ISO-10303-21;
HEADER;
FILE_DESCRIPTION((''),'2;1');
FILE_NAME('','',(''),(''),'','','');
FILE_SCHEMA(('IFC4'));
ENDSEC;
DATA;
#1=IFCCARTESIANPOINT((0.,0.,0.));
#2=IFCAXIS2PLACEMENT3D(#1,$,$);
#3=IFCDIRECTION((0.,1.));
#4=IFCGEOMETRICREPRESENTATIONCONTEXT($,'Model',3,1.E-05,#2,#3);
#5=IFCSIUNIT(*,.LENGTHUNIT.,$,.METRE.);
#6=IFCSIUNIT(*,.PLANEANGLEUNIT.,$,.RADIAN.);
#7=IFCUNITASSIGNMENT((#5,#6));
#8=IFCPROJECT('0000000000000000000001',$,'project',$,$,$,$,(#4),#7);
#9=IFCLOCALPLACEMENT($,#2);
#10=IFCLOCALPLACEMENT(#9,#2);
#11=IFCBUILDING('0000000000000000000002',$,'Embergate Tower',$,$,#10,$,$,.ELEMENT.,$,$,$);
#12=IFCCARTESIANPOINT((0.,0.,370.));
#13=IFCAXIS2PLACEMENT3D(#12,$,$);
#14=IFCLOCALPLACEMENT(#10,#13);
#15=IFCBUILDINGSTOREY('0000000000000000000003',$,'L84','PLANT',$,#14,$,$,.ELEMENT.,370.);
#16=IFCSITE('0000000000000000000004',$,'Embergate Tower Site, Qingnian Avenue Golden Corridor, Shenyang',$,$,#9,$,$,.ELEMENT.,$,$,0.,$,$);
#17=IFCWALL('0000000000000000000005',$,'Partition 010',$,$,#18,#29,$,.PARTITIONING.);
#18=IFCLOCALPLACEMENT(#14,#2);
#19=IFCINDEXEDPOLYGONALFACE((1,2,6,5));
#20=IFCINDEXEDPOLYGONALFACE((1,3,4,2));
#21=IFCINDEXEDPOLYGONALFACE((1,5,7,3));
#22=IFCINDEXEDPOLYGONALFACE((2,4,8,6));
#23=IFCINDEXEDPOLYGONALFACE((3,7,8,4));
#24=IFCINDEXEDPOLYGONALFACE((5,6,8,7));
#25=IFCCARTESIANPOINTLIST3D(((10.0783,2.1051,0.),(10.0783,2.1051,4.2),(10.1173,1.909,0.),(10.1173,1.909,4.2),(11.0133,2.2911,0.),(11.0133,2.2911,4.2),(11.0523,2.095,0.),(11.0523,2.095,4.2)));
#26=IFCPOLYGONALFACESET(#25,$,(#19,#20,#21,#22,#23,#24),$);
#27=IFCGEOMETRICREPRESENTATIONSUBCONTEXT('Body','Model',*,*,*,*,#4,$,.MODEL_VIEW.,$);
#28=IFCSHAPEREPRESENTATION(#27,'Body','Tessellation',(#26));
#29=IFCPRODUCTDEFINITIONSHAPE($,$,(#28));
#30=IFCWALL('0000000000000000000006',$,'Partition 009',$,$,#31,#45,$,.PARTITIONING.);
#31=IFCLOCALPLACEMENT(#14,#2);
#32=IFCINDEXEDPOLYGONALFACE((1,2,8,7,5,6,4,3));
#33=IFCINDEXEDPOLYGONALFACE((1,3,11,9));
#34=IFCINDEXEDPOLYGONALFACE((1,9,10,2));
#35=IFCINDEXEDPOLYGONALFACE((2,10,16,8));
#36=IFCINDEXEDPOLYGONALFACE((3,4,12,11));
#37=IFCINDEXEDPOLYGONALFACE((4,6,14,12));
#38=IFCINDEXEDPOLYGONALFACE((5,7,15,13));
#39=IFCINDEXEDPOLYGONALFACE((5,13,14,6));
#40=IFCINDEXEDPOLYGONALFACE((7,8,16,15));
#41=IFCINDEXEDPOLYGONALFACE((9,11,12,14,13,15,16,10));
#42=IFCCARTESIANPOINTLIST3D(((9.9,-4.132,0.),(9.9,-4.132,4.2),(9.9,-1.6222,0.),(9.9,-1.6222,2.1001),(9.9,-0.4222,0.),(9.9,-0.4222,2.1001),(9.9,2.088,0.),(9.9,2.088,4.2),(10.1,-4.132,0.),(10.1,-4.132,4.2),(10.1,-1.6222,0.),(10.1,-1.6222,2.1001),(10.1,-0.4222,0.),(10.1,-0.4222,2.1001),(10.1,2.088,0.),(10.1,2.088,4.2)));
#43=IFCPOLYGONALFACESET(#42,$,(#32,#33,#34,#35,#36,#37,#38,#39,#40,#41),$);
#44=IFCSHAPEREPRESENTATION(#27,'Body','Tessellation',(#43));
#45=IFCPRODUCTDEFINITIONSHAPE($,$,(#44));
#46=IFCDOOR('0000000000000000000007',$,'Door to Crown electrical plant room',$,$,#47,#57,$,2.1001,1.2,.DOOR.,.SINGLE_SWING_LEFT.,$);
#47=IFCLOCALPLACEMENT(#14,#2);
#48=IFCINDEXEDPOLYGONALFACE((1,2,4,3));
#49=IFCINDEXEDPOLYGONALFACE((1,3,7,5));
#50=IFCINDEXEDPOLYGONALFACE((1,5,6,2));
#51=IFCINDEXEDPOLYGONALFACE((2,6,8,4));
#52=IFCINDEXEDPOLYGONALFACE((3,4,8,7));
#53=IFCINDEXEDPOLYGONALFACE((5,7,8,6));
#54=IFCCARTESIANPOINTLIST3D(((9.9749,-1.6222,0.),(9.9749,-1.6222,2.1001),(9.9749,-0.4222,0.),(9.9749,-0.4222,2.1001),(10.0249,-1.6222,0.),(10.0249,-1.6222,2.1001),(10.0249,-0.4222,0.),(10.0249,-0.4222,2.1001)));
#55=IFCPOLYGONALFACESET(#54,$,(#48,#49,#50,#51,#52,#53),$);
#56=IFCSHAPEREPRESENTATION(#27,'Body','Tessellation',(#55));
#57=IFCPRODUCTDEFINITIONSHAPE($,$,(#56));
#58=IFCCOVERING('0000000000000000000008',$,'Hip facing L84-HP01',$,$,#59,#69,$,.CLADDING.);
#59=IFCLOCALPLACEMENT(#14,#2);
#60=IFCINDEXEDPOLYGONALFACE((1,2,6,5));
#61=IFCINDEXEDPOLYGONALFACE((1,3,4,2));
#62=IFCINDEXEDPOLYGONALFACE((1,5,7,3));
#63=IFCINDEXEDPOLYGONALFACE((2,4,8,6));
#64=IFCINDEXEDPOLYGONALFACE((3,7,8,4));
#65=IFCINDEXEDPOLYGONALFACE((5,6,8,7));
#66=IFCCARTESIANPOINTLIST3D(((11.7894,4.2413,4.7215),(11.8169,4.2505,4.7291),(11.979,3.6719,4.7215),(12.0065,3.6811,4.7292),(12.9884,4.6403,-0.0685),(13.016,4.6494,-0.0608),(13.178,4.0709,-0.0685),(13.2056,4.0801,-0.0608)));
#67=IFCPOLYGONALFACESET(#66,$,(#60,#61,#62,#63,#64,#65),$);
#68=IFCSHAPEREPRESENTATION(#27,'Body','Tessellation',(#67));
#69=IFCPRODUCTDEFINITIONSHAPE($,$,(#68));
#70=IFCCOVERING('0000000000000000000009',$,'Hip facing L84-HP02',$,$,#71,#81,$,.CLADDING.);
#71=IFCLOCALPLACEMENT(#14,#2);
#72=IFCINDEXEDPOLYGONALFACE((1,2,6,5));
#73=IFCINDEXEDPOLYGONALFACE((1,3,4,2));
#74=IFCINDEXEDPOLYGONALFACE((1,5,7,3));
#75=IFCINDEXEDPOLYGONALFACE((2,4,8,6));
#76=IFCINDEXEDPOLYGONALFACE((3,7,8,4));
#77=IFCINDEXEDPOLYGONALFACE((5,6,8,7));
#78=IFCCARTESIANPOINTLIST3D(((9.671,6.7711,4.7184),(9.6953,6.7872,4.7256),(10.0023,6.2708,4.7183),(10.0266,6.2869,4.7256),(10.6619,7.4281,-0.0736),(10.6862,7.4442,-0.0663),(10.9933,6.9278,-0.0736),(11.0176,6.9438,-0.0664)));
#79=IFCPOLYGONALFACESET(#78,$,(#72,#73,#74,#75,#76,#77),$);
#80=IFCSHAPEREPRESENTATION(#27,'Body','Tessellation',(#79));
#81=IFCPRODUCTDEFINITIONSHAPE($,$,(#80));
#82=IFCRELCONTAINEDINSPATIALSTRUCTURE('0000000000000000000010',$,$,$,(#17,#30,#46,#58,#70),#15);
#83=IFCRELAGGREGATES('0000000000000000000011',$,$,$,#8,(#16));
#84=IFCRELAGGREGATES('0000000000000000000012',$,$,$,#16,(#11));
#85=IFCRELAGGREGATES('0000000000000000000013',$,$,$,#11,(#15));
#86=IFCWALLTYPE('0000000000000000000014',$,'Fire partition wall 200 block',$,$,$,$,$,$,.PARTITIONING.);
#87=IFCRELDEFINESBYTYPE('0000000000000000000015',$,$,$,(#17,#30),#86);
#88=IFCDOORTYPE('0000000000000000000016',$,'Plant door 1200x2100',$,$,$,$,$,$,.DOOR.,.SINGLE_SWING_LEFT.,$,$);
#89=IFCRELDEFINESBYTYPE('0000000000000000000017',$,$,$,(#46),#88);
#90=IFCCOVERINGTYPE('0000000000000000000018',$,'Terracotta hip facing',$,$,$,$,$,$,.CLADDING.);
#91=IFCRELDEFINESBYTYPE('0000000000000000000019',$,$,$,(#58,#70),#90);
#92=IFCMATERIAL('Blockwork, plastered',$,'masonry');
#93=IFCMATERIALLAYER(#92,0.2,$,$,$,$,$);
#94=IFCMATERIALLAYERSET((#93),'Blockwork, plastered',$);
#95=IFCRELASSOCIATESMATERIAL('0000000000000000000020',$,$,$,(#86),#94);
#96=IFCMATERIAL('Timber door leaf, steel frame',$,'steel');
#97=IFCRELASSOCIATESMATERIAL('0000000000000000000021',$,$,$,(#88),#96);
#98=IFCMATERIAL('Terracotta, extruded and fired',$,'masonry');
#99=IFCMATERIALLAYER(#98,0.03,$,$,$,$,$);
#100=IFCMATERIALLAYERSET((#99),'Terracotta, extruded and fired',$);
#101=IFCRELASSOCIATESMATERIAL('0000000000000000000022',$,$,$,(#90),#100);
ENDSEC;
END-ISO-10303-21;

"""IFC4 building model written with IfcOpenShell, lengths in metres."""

from ifc_helpers import new_model, si_unit, direction, frame, frame_2d, origin, place, context, subcontext, project, spatial, polyline, rectangle, outline, extrude, source, transform, mapped, material, layer, layer_set, type_object, element, fill, save


model = new_model("IFC4")

# Units and contexts
model_context = context("Model", 3, precision=1e-05, world=origin(), true_north=direction((0.0, 1.0)))
body_context = subcontext(model_context, "Body", "Model", "MODEL_VIEW")
ifc_project = project(units=[si_unit("LENGTHUNIT", "METRE"), si_unit("PLANEANGLEUNIT", "RADIAN")], contexts=[model_context])

# Site, building, storey
site_placement = place(None, origin())
site = spatial("IfcSite", under=ifc_project, at=site_placement, Name="Embergate Tower Site, Qingnian Avenue Golden Corridor, Shenyang", CompositionType="ELEMENT", RefElevation=0.0)
building_placement = place(site_placement, origin())
building = spatial("IfcBuilding", under=site, at=building_placement, Name="Embergate Tower", CompositionType="ELEMENT")
storey_placement = place(building_placement, frame((0.0, 0.0, 370.0)))
storey = spatial("IfcBuildingStorey", under=building, at=storey_placement, Name="L84", Description="PLANT", CompositionType="ELEMENT", Elevation=370.0)

# Wall
ifc_material_1 = material(Name="Blockwork, plastered", Category="masonry")
ifc_layer_1 = layer(ifc_material_1, 0.2)
ifc_layer_set_1 = layer_set([ifc_layer_1], Name="Blockwork, plastered")
wall_type_1 = type_object("IfcWallType", Name="Fire partition wall 200 block", PredefinedType="PARTITIONING", material=ifc_layer_set_1)
shared_shape_1 = source(origin(), body_context, "Body", "SweptSolid", [
    extrude(rectangle(XDim=0.9534, YDim=0.2, at=frame_2d((0.4766, 0.0))), origin(), (0.0, 0.0, 1.0), 4.2),
])
wall_1_placement = place(storey_placement, frame((10.0979, 2.0071, 0.0), z_axis=(0.0, 0.0, 1.0), x_axis=(0.980777, 0.195131, 0.0)))
element("IfcWall", 1, at=wall_1_placement, inside=storey, type_object=wall_type_1, Name="Partition 010", PredefinedType="PARTITIONING", context=body_context, shape_type="MappedRepresentation", body=[
    mapped(shared_shape_1, transform((0.0, 0.0, 0.0))),
])

# Wall, opening, door
shared_shape_2 = source(origin(), body_context, "Body", "SweptSolid", [
    extrude(rectangle(XDim=6.22, YDim=0.2, at=frame_2d((3.1099, 0.0))), origin(), (0.0, 0.0, 1.0), 4.2),
])
wall_2_placement = place(storey_placement, frame((10.0, 2.0879, 0.0), z_axis=(0.0, 0.0, 1.0), x_axis=(0.0, -1.0, 0.0)))
wall_2 = element("IfcWall", 2, at=wall_2_placement, inside=storey, type_object=wall_type_1, Name="Partition 009", PredefinedType="PARTITIONING", context=body_context, shape_type="MappedRepresentation", body=[
    mapped(shared_shape_2, transform((0.0, 0.0, 0.0))),
])
shared_shape_3 = source(origin(), body_context, "Body", "SweptSolid", [
    extrude(rectangle(XDim=1.2, YDim=2.1001, at=frame_2d((0.6001, 1.05))), frame((0.0, 0.1099, 0.0), z_axis=(0.0, -1.0, 0.0), x_axis=(1.0, 0.0, 0.0)), (0.0, 0.0, 1.0), 0.22),
])
opening_placement = place(wall_2_placement, frame((2.51, 0.0, 0.0)))
opening = element("IfcOpeningElement", 3, at=opening_placement, cuts=wall_2, PredefinedType="OPENING", context=body_context, shape_type="MappedRepresentation", body=[
    mapped(shared_shape_3, transform((0.0, 0.0, 0.0))),
])
ifc_material_2 = material(Name="Timber door leaf, steel frame", Category="steel")
door_type = type_object("IfcDoorType", Name="Plant door 1200x2100", OperationType="SINGLE_SWING_LEFT", PredefinedType="DOOR", material=ifc_material_2)
shared_shape_4 = source(origin(), body_context, "Body", "SweptSolid", [
    extrude(rectangle(XDim=1.2, YDim=2.1001, at=frame_2d((0.6001, 1.05))), frame((0.0, 0.0249, 0.0), z_axis=(0.0, -1.0, 0.0), x_axis=(1.0, 0.0, 0.0)), (0.0, 0.0, 1.0), 0.05),
])
door_placement = place(opening_placement, origin())
door = element("IfcDoor", 4, at=door_placement, inside=storey, type_object=door_type, Name="Door to Crown electrical plant room", OperationType="SINGLE_SWING_LEFT", OverallHeight=2.1001, OverallWidth=1.2, PredefinedType="DOOR", context=body_context, shape_type="MappedRepresentation", body=[
    mapped(shared_shape_4, transform((0.0, 0.0, 0.0))),
])
fill(opening, door)

# Coverings
ifc_material_3 = material(Name="Terracotta, extruded and fired", Category="masonry")
ifc_layer_2 = layer(ifc_material_3, 0.03)
ifc_layer_set_2 = layer_set([ifc_layer_2], Name="Terracotta, extruded and fired")
covering_type = type_object("IfcCoveringType", Name="Terracotta hip facing", PredefinedType="CLADDING", material=ifc_layer_set_2)
shared_shape_5 = source(origin(), body_context, "Body", "SweptSolid", [
    extrude(outline(polyline([(0.0, 0.0), (4.9539, 0.0), (4.9539, -0.6001), (0.0, -0.6001), (0.0, 0.0)])), origin(), (0.0, 0.0, -1.0), 0.03),
])
covering_1_placement = place(storey_placement, frame((13.2056, 4.0801, -0.0608), z_axis=(0.917396, 0.305471, 0.255093), x_axis=(-0.242047, -0.080534, 0.966916)))
element("IfcCovering", 5, at=covering_1_placement, inside=storey, type_object=covering_type, Name="Hip facing L84-HP01", PredefinedType="CLADDING", context=body_context, shape_type="MappedRepresentation", body=[
    mapped(shared_shape_5, transform((0.0, 0.0, 0.0))),
])
shared_shape_6 = source(origin(), body_context, "Body", "SweptSolid", [
    extrude(outline(polyline([(0.0, 0.0), (4.9373, 0.0), (4.9373, -0.6001), (0.0, -0.6001), (0.0, 0.0)])), origin(), (0.0, 0.0, -1.0), 0.03),
])
covering_2_placement = place(storey_placement, frame((11.0176, 6.9438, -0.0664), z_axis=(0.809201, 0.535913, 0.240814), x_axis=(-0.200711, -0.133065, 0.970571)))
element("IfcCovering", 6, at=covering_2_placement, inside=storey, type_object=covering_type, Name="Hip facing L84-HP02", PredefinedType="CLADDING", context=body_context, shape_type="MappedRepresentation", body=[
    mapped(shared_shape_6, transform((0.0, 0.0, 0.0))),
])

save(model, "model.ifc")
